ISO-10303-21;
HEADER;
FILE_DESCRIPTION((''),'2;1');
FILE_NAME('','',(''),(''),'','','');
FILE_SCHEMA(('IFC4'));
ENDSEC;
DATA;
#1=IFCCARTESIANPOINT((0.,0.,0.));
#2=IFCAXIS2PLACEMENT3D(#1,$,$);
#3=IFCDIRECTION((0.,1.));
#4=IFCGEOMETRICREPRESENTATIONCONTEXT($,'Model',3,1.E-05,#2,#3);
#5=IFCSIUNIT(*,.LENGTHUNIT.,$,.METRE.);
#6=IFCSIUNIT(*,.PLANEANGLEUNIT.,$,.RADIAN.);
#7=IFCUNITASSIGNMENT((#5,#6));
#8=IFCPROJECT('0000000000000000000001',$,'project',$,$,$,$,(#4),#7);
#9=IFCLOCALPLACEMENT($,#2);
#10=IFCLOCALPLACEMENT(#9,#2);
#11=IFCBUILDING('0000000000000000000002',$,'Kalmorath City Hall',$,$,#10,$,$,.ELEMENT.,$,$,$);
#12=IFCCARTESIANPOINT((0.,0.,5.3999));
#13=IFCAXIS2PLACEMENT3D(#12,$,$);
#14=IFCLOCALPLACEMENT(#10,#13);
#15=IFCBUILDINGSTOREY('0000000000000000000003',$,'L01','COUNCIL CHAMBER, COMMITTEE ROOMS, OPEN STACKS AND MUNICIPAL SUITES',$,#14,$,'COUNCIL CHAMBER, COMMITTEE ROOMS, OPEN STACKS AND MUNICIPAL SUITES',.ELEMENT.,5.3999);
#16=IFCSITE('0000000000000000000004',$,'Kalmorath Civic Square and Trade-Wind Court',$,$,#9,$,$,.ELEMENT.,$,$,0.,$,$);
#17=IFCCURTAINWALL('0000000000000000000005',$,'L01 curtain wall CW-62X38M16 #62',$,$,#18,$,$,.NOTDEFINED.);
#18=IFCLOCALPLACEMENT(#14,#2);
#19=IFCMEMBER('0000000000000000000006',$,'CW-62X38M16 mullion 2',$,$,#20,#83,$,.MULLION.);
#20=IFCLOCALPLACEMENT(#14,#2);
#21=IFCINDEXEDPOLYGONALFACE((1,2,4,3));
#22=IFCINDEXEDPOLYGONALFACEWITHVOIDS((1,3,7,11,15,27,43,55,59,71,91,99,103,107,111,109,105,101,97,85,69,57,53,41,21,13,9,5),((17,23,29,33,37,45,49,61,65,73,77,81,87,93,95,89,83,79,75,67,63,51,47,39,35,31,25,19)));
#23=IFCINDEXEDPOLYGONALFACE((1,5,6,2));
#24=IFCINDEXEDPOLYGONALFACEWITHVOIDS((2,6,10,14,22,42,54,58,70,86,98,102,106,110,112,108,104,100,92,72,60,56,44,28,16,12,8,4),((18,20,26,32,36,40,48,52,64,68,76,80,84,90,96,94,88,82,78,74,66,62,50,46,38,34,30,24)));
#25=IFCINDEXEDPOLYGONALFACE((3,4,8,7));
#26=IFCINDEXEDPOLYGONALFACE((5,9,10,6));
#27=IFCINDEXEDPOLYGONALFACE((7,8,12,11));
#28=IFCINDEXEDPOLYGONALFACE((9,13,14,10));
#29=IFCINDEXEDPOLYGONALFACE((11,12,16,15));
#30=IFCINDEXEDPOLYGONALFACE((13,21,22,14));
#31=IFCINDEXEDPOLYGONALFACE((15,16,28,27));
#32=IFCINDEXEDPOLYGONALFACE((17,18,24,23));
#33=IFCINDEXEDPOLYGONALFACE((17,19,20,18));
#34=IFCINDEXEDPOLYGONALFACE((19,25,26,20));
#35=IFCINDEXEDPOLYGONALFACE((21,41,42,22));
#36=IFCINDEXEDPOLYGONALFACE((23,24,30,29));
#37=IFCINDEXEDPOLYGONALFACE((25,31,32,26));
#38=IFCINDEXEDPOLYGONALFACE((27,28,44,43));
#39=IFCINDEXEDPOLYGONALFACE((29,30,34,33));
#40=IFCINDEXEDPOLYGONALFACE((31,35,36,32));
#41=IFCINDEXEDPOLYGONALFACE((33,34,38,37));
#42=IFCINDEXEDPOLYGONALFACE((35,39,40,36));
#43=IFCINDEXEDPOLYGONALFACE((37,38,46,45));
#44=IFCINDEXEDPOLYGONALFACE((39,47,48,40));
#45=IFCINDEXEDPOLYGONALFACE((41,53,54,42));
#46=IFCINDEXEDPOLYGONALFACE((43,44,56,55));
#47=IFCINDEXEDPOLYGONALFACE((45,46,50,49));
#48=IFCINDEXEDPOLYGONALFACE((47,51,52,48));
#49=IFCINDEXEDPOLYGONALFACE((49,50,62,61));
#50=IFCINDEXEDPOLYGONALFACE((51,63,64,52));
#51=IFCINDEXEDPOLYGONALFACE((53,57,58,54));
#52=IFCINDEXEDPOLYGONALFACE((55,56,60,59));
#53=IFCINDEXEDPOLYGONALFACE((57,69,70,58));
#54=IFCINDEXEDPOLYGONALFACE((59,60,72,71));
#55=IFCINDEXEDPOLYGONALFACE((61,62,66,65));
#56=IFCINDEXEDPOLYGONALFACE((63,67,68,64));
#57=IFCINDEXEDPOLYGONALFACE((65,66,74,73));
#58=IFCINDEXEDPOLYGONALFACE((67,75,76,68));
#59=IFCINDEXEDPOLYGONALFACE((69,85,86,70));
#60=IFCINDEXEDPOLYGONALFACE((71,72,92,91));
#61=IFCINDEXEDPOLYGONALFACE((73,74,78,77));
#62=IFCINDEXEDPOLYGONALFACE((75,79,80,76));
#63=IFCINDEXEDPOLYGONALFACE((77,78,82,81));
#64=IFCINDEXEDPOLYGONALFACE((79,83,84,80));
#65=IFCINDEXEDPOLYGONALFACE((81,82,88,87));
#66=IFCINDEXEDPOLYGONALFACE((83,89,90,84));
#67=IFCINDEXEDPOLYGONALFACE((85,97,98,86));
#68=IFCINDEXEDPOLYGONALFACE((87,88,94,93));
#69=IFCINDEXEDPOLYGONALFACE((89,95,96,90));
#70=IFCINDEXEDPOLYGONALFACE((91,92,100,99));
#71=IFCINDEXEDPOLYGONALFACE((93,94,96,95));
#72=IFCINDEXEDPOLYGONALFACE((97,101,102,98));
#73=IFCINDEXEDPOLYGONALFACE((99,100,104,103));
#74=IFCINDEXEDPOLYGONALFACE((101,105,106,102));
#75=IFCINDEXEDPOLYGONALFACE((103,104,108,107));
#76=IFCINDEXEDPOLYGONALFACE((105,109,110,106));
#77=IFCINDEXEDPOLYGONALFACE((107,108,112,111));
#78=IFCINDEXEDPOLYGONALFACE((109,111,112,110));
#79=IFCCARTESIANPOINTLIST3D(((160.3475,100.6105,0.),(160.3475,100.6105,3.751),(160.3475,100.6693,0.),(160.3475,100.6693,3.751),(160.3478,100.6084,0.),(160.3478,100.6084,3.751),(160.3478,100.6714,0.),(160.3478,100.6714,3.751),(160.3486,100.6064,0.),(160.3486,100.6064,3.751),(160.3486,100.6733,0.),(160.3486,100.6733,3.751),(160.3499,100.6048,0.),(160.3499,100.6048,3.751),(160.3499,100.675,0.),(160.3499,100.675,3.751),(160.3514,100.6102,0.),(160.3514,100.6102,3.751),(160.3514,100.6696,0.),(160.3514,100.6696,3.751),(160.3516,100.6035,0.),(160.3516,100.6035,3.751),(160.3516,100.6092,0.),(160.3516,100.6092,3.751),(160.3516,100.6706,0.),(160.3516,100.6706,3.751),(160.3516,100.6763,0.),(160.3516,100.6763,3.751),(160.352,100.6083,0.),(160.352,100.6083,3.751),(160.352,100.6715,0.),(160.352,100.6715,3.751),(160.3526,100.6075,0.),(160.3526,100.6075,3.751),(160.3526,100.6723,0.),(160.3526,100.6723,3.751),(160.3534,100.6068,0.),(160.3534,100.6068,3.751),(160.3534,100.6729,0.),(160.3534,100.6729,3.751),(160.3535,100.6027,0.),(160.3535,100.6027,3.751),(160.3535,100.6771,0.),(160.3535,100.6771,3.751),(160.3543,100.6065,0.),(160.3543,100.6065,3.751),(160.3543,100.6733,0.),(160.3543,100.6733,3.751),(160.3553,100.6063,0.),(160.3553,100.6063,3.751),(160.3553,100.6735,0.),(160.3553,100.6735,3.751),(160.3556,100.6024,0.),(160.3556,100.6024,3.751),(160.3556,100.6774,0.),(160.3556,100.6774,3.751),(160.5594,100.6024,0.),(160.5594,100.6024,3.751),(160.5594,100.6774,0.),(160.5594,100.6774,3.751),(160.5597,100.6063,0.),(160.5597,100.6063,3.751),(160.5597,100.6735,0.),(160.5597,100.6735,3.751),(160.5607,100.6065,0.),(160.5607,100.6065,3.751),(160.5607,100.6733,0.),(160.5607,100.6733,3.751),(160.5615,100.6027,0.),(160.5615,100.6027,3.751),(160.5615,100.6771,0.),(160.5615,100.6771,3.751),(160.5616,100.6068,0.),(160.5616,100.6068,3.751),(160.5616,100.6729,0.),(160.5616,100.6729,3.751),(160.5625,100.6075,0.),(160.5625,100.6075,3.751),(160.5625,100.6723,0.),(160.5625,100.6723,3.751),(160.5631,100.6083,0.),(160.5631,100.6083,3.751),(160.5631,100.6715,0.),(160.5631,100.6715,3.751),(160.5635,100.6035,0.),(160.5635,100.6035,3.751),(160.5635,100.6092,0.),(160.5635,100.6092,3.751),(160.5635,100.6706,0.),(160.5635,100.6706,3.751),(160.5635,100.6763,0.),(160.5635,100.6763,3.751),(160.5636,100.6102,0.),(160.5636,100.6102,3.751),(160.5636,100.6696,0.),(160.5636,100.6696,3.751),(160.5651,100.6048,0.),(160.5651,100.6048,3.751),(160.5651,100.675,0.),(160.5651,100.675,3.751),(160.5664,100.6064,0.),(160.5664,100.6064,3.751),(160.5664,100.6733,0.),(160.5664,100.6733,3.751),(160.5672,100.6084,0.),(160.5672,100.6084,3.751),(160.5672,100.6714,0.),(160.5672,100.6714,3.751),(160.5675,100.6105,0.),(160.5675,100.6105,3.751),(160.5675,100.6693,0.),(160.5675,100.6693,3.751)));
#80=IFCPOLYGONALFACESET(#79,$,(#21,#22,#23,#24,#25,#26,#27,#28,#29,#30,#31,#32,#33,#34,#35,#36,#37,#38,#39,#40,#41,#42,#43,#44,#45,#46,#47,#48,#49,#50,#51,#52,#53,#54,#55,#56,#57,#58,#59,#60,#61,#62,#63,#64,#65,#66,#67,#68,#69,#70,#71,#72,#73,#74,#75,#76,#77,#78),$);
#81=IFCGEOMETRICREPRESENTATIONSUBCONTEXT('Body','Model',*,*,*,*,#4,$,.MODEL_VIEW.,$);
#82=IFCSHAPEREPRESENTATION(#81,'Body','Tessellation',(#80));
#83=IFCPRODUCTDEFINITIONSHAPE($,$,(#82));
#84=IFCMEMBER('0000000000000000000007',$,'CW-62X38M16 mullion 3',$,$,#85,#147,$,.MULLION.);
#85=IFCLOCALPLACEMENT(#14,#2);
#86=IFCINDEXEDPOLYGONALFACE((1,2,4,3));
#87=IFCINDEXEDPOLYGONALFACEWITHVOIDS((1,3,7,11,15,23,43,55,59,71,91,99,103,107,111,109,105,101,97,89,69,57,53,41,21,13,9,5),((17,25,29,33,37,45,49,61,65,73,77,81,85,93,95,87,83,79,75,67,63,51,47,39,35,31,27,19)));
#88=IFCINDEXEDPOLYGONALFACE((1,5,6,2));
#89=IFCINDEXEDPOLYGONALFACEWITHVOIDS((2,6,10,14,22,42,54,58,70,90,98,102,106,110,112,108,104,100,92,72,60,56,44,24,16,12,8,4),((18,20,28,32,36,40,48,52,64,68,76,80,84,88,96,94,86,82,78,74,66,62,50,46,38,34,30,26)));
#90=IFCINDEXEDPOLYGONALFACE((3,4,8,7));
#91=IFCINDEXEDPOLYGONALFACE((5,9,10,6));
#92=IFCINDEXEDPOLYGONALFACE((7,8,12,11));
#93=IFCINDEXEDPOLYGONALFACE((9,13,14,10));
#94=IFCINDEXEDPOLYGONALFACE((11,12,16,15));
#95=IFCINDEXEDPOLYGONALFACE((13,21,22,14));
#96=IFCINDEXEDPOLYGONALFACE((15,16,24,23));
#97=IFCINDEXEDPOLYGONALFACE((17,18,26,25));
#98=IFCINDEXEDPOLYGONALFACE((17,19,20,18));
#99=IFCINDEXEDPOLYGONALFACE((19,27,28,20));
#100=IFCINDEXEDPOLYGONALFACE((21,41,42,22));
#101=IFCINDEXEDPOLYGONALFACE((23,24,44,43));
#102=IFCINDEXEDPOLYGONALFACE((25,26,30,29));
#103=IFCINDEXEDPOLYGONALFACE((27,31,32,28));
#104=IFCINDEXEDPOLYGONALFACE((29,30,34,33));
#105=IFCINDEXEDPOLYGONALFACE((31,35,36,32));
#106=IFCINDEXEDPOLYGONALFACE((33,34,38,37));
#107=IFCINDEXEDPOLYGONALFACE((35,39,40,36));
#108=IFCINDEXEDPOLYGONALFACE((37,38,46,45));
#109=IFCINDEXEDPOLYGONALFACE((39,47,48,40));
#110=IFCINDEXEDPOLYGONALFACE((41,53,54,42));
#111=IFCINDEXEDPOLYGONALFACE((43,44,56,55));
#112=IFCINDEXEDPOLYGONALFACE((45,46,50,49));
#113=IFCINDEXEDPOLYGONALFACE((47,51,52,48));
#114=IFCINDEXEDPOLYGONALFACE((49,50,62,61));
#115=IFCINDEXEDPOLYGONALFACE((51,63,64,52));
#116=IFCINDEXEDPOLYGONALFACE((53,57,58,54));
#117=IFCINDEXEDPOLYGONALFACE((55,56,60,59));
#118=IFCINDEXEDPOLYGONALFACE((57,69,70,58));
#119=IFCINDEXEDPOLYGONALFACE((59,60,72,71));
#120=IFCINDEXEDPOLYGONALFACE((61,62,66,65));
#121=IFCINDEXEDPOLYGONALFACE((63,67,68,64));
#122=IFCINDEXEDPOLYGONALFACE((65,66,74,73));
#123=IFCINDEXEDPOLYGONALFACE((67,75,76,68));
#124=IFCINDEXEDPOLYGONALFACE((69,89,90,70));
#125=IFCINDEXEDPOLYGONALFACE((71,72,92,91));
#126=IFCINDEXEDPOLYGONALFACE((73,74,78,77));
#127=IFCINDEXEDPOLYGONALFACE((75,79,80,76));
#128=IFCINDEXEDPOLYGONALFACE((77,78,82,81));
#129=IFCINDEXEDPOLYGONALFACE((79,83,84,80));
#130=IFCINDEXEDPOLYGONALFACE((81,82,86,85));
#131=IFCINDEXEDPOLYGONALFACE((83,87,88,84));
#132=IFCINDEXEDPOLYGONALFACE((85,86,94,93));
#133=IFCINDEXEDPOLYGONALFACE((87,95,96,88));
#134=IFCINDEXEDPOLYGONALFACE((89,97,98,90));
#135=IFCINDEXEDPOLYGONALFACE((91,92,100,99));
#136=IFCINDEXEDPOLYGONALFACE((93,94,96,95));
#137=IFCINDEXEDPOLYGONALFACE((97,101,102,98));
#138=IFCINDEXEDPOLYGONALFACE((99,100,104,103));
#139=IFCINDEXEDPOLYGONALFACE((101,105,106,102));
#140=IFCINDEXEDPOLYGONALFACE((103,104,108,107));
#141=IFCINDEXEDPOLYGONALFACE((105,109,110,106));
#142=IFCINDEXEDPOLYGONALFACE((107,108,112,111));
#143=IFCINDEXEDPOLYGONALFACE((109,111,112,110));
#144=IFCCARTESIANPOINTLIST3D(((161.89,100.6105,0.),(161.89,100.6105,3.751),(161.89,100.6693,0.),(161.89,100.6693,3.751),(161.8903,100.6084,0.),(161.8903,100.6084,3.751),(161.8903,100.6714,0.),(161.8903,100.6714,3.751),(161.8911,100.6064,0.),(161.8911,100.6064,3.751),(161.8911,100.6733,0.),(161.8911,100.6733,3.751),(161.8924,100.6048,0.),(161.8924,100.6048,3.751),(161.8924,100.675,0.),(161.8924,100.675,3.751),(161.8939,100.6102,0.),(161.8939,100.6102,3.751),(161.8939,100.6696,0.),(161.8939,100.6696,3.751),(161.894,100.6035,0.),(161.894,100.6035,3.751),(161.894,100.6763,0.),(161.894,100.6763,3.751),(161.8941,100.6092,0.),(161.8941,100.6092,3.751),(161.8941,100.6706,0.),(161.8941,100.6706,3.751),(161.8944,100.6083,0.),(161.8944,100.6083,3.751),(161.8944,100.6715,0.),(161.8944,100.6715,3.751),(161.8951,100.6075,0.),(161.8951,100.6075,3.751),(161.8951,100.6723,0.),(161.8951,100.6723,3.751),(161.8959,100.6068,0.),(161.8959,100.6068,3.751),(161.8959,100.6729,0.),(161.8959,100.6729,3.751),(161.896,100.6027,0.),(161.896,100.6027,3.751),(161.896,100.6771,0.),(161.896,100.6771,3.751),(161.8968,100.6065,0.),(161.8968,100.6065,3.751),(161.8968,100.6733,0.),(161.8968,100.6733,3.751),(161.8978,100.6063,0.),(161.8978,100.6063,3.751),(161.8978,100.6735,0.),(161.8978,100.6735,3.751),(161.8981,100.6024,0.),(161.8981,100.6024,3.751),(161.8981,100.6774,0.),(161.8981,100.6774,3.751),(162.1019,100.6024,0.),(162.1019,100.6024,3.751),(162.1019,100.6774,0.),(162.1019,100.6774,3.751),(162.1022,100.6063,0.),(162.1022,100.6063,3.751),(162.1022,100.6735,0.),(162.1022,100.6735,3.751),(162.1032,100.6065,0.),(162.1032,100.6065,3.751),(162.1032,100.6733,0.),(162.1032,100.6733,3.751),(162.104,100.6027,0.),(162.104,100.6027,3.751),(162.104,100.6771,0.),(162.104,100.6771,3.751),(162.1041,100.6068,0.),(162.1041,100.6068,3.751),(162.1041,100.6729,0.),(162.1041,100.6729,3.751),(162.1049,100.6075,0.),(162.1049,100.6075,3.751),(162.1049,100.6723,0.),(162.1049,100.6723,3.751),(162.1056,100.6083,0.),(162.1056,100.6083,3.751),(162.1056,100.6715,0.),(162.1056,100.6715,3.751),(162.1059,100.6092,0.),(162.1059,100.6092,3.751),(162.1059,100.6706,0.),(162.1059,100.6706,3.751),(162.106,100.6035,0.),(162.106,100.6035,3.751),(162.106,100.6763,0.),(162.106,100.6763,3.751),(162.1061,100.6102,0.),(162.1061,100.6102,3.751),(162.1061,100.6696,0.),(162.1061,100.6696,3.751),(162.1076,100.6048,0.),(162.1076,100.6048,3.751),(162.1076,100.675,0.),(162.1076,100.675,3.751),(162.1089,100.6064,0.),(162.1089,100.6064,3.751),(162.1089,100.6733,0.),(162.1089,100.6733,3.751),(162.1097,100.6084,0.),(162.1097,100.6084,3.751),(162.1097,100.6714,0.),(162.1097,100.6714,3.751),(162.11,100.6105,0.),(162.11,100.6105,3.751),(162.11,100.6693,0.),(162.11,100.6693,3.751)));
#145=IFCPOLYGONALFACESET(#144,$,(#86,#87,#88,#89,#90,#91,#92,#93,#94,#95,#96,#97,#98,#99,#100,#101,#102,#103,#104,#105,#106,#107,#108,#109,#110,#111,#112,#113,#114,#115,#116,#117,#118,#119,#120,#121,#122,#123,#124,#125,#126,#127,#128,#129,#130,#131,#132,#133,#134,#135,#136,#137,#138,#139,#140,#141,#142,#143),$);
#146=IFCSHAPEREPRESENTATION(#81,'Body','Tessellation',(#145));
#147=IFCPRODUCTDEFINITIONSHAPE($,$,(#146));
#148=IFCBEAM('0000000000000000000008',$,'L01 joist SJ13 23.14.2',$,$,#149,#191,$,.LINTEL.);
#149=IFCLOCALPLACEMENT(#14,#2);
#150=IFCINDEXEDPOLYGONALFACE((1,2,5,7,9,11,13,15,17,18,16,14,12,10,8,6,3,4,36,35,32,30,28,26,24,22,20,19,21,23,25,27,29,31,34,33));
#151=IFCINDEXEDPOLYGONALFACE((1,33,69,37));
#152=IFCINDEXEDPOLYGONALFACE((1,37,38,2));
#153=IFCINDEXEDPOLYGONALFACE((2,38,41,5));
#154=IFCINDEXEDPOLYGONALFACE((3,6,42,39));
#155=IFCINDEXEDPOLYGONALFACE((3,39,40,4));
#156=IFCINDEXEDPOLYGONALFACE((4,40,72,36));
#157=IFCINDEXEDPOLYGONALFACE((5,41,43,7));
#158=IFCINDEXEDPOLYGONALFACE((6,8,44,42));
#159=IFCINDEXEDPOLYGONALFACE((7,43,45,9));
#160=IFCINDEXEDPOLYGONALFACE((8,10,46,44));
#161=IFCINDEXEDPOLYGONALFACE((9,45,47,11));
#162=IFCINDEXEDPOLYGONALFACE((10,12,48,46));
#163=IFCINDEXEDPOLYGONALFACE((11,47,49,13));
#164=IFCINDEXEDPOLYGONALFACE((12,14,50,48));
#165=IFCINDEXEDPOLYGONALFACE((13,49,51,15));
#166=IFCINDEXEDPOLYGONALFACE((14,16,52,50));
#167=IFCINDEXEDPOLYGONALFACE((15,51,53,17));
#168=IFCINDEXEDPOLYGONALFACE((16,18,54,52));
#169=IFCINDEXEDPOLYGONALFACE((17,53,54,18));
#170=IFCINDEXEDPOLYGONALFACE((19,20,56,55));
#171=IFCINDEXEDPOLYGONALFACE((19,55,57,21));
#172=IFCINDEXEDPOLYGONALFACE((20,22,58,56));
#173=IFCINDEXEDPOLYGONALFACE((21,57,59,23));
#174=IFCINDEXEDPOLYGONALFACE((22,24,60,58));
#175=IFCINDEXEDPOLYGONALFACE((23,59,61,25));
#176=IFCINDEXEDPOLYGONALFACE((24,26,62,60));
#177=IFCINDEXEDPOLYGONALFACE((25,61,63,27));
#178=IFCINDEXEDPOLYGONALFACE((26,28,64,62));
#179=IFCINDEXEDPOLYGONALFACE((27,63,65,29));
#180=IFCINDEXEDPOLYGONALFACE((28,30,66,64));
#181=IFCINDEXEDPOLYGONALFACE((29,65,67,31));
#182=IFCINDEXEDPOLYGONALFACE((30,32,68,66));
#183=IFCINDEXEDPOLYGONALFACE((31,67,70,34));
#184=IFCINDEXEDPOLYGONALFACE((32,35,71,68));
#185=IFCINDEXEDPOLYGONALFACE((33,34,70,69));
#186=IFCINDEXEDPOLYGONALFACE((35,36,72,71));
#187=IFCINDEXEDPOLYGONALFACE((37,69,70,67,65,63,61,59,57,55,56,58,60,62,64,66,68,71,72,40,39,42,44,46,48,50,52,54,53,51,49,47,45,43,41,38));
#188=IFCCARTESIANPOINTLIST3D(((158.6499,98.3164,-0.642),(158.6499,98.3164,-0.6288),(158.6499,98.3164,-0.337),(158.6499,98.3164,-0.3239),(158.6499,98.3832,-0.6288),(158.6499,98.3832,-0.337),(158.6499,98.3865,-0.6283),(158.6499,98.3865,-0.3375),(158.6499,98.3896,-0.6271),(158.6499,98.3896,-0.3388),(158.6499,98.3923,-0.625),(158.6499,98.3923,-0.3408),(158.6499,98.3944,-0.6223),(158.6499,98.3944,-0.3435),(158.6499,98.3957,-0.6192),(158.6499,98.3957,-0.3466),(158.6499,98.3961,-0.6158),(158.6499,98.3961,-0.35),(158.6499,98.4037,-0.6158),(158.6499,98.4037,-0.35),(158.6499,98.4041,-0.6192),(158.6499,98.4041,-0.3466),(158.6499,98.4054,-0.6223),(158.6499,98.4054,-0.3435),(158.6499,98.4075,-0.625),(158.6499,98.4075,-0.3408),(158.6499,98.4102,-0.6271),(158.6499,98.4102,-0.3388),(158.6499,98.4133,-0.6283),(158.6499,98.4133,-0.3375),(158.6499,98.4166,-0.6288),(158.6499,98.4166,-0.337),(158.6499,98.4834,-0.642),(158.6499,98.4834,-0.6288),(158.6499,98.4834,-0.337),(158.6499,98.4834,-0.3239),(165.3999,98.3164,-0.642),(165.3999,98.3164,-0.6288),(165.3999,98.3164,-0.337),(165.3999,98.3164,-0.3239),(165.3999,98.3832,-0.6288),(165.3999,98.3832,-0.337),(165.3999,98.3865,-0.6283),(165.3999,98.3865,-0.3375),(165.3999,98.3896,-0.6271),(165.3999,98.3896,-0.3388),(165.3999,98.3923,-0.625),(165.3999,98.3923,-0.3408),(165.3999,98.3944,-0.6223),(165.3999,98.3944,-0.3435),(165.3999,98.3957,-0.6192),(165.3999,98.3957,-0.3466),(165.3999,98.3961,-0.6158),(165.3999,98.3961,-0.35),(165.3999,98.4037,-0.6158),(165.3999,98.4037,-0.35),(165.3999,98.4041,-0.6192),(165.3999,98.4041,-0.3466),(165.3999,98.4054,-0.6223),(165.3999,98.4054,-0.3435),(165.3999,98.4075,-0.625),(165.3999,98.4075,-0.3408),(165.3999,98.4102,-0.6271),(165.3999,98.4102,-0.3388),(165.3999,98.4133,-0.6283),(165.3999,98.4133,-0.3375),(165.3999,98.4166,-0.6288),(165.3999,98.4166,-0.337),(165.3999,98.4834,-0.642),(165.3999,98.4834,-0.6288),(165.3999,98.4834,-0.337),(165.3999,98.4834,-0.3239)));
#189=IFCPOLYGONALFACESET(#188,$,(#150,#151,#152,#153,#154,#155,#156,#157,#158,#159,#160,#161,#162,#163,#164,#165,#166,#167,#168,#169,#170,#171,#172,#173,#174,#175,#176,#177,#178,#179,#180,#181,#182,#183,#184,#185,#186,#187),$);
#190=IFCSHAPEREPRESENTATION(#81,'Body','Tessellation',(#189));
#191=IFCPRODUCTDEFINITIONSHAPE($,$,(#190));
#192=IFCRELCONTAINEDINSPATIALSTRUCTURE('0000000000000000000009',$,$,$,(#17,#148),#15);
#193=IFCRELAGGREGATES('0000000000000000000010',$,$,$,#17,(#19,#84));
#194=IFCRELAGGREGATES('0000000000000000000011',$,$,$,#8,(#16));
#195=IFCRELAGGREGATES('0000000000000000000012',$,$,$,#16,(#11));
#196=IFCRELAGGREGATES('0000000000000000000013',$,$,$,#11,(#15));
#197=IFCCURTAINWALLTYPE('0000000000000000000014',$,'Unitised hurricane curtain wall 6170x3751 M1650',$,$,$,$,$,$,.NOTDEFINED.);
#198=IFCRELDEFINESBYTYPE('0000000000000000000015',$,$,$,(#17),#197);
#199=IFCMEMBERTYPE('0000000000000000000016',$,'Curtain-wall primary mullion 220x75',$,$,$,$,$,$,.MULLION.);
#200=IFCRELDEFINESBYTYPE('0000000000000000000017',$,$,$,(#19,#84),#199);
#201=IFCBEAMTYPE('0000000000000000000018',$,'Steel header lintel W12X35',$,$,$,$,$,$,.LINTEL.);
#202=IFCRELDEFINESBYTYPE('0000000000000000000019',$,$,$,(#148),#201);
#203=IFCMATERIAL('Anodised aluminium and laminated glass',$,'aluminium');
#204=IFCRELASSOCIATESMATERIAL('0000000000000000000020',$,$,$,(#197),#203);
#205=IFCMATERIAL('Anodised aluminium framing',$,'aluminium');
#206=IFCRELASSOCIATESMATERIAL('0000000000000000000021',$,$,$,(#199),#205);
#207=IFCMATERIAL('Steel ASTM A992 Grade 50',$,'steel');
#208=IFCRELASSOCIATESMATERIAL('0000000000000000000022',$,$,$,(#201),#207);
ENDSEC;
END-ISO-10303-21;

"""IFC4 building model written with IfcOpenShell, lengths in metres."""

from ifc_helpers import new_model, si_unit, direction, frame, origin, origin_2d, place, context, subcontext, project, spatial, hollow_rectangle, i_section, extrude, material, material_profile, profile_set, type_object, element, aggregate, save


model = new_model("IFC4")

# Units and contexts
model_context = context("Model", 3, precision=1e-05, world=origin(), true_north=direction((0.0, 1.0)))
body_context = subcontext(model_context, "Body", "Model", "MODEL_VIEW")
ifc_project = project(units=[si_unit("LENGTHUNIT", "METRE"), si_unit("PLANEANGLEUNIT", "RADIAN")], contexts=[model_context])

# Site, building, storey
site_placement = place(None, origin())
site = spatial("IfcSite", under=ifc_project, at=site_placement, Name="Kalmorath Civic Square and Trade-Wind Court", CompositionType="ELEMENT", RefElevation=0.0)
building_placement = place(site_placement, origin())
building = spatial("IfcBuilding", under=site, at=building_placement, Name="Kalmorath City Hall", CompositionType="ELEMENT")
storey_placement = place(building_placement, frame((0.0, 0.0, 5.3999)))
storey = spatial("IfcBuildingStorey", under=building, at=storey_placement, Name="L01", Description="COUNCIL CHAMBER, COMMITTEE ROOMS, OPEN STACKS AND MUNICIPAL SUITES", LongName="COUNCIL CHAMBER, COMMITTEE ROOMS, OPEN STACKS AND MUNICIPAL SUITES", CompositionType="ELEMENT", Elevation=5.3999)

# Curtain wall, members
ifc_material_1 = material(Name="Anodised aluminium and laminated glass", Category="aluminium")
curtain_wall_type = type_object("IfcCurtainWallType", Name="Unitised hurricane curtain wall 6170x3751 M1650", PredefinedType="NOTDEFINED", material=ifc_material_1)
curtain_wall_placement = place(storey_placement, origin())
curtain_wall = element("IfcCurtainWall", 1, at=curtain_wall_placement, inside=storey, type_object=curtain_wall_type, Name="L01 curtain wall CW-62X38M16 #62", PredefinedType="NOTDEFINED")
ifc_material_2 = material(Name="Anodised aluminium framing", Category="aluminium")
ifc_material_profile_1 = material_profile(ifc_material_2, hollow_rectangle(XDim=0.075, YDim=0.22, WallThickness=0.0039, InnerFilletRadius=0.0039, OuterFilletRadius=0.0081, at=origin_2d()), Name="ALU-MUL-220X75X4")
ifc_profile_set_1 = profile_set([ifc_material_profile_1], Name="Anodised aluminium framing")
member_type_1 = type_object("IfcMemberType", Name="Curtain-wall primary mullion 220x75", PredefinedType="MULLION", material=ifc_profile_set_1)
member_1_placement = place(storey_placement, frame((160.4575, 100.6399, 0.0), z_axis=(0.0, 0.0, 1.0), x_axis=(0.0, 1.0, 0.0)))
member_1 = element("IfcMember", 2, at=member_1_placement, type_object=member_type_1, Name="CW-62X38M16 mullion 2", PredefinedType="MULLION", context=body_context, shape_type="SweptSolid", body=[
    extrude(hollow_rectangle(XDim=0.075, YDim=0.22, WallThickness=0.0039, InnerFilletRadius=0.0039, OuterFilletRadius=0.0081, at=origin_2d()), origin(), (0.0, 0.0, 1.0), 3.751),
])
member_2_placement = place(storey_placement, frame((162.0, 100.6399, 0.0), z_axis=(0.0, 0.0, 1.0), x_axis=(0.0, 1.0, 0.0)))
member_2 = element("IfcMember", 3, at=member_2_placement, type_object=member_type_1, Name="CW-62X38M16 mullion 3", PredefinedType="MULLION", context=body_context, shape_type="SweptSolid", body=[
    extrude(hollow_rectangle(XDim=0.075, YDim=0.22, WallThickness=0.0039, InnerFilletRadius=0.0039, OuterFilletRadius=0.0081, at=origin_2d()), origin(), (0.0, 0.0, 1.0), 3.751),
])

# Beam
ifc_material_3 = material(Name="Steel ASTM A992 Grade 50", Category="steel")
ifc_material_profile_2 = material_profile(ifc_material_3, i_section(OverallWidth=0.167, OverallDepth=0.3181, WebThickness=0.0076, FlangeThickness=0.0132, FilletRadius=0.0129, at=origin_2d()), Name="W12X35")
ifc_profile_set_2 = profile_set([ifc_material_profile_2], Name="Steel ASTM A992 Grade 50")
beam_type_1 = type_object("IfcBeamType", Name="Steel header lintel W12X35", PredefinedType="LINTEL", material=ifc_profile_set_2)
beam_1_placement = place(storey_placement, frame((158.6499, 98.3999, -0.4829), z_axis=(1.0, 0.0, 0.0), x_axis=(0.0, 1.0, 0.0)))
element("IfcBeam", 4, at=beam_1_placement, inside=storey, type_object=beam_type_1, Name="L01 joist SJ13 23.14.2", PredefinedType="LINTEL", context=body_context, shape_type="SweptSolid", body=[
    extrude(i_section(OverallWidth=0.167, OverallDepth=0.3181, WebThickness=0.0076, FlangeThickness=0.0132, FilletRadius=0.0129, at=origin_2d()), origin(), (0.0, 0.0, 1.0), 6.75),
])

aggregate(curtain_wall, [member_1, member_2])

save(model, "model.ifc")
